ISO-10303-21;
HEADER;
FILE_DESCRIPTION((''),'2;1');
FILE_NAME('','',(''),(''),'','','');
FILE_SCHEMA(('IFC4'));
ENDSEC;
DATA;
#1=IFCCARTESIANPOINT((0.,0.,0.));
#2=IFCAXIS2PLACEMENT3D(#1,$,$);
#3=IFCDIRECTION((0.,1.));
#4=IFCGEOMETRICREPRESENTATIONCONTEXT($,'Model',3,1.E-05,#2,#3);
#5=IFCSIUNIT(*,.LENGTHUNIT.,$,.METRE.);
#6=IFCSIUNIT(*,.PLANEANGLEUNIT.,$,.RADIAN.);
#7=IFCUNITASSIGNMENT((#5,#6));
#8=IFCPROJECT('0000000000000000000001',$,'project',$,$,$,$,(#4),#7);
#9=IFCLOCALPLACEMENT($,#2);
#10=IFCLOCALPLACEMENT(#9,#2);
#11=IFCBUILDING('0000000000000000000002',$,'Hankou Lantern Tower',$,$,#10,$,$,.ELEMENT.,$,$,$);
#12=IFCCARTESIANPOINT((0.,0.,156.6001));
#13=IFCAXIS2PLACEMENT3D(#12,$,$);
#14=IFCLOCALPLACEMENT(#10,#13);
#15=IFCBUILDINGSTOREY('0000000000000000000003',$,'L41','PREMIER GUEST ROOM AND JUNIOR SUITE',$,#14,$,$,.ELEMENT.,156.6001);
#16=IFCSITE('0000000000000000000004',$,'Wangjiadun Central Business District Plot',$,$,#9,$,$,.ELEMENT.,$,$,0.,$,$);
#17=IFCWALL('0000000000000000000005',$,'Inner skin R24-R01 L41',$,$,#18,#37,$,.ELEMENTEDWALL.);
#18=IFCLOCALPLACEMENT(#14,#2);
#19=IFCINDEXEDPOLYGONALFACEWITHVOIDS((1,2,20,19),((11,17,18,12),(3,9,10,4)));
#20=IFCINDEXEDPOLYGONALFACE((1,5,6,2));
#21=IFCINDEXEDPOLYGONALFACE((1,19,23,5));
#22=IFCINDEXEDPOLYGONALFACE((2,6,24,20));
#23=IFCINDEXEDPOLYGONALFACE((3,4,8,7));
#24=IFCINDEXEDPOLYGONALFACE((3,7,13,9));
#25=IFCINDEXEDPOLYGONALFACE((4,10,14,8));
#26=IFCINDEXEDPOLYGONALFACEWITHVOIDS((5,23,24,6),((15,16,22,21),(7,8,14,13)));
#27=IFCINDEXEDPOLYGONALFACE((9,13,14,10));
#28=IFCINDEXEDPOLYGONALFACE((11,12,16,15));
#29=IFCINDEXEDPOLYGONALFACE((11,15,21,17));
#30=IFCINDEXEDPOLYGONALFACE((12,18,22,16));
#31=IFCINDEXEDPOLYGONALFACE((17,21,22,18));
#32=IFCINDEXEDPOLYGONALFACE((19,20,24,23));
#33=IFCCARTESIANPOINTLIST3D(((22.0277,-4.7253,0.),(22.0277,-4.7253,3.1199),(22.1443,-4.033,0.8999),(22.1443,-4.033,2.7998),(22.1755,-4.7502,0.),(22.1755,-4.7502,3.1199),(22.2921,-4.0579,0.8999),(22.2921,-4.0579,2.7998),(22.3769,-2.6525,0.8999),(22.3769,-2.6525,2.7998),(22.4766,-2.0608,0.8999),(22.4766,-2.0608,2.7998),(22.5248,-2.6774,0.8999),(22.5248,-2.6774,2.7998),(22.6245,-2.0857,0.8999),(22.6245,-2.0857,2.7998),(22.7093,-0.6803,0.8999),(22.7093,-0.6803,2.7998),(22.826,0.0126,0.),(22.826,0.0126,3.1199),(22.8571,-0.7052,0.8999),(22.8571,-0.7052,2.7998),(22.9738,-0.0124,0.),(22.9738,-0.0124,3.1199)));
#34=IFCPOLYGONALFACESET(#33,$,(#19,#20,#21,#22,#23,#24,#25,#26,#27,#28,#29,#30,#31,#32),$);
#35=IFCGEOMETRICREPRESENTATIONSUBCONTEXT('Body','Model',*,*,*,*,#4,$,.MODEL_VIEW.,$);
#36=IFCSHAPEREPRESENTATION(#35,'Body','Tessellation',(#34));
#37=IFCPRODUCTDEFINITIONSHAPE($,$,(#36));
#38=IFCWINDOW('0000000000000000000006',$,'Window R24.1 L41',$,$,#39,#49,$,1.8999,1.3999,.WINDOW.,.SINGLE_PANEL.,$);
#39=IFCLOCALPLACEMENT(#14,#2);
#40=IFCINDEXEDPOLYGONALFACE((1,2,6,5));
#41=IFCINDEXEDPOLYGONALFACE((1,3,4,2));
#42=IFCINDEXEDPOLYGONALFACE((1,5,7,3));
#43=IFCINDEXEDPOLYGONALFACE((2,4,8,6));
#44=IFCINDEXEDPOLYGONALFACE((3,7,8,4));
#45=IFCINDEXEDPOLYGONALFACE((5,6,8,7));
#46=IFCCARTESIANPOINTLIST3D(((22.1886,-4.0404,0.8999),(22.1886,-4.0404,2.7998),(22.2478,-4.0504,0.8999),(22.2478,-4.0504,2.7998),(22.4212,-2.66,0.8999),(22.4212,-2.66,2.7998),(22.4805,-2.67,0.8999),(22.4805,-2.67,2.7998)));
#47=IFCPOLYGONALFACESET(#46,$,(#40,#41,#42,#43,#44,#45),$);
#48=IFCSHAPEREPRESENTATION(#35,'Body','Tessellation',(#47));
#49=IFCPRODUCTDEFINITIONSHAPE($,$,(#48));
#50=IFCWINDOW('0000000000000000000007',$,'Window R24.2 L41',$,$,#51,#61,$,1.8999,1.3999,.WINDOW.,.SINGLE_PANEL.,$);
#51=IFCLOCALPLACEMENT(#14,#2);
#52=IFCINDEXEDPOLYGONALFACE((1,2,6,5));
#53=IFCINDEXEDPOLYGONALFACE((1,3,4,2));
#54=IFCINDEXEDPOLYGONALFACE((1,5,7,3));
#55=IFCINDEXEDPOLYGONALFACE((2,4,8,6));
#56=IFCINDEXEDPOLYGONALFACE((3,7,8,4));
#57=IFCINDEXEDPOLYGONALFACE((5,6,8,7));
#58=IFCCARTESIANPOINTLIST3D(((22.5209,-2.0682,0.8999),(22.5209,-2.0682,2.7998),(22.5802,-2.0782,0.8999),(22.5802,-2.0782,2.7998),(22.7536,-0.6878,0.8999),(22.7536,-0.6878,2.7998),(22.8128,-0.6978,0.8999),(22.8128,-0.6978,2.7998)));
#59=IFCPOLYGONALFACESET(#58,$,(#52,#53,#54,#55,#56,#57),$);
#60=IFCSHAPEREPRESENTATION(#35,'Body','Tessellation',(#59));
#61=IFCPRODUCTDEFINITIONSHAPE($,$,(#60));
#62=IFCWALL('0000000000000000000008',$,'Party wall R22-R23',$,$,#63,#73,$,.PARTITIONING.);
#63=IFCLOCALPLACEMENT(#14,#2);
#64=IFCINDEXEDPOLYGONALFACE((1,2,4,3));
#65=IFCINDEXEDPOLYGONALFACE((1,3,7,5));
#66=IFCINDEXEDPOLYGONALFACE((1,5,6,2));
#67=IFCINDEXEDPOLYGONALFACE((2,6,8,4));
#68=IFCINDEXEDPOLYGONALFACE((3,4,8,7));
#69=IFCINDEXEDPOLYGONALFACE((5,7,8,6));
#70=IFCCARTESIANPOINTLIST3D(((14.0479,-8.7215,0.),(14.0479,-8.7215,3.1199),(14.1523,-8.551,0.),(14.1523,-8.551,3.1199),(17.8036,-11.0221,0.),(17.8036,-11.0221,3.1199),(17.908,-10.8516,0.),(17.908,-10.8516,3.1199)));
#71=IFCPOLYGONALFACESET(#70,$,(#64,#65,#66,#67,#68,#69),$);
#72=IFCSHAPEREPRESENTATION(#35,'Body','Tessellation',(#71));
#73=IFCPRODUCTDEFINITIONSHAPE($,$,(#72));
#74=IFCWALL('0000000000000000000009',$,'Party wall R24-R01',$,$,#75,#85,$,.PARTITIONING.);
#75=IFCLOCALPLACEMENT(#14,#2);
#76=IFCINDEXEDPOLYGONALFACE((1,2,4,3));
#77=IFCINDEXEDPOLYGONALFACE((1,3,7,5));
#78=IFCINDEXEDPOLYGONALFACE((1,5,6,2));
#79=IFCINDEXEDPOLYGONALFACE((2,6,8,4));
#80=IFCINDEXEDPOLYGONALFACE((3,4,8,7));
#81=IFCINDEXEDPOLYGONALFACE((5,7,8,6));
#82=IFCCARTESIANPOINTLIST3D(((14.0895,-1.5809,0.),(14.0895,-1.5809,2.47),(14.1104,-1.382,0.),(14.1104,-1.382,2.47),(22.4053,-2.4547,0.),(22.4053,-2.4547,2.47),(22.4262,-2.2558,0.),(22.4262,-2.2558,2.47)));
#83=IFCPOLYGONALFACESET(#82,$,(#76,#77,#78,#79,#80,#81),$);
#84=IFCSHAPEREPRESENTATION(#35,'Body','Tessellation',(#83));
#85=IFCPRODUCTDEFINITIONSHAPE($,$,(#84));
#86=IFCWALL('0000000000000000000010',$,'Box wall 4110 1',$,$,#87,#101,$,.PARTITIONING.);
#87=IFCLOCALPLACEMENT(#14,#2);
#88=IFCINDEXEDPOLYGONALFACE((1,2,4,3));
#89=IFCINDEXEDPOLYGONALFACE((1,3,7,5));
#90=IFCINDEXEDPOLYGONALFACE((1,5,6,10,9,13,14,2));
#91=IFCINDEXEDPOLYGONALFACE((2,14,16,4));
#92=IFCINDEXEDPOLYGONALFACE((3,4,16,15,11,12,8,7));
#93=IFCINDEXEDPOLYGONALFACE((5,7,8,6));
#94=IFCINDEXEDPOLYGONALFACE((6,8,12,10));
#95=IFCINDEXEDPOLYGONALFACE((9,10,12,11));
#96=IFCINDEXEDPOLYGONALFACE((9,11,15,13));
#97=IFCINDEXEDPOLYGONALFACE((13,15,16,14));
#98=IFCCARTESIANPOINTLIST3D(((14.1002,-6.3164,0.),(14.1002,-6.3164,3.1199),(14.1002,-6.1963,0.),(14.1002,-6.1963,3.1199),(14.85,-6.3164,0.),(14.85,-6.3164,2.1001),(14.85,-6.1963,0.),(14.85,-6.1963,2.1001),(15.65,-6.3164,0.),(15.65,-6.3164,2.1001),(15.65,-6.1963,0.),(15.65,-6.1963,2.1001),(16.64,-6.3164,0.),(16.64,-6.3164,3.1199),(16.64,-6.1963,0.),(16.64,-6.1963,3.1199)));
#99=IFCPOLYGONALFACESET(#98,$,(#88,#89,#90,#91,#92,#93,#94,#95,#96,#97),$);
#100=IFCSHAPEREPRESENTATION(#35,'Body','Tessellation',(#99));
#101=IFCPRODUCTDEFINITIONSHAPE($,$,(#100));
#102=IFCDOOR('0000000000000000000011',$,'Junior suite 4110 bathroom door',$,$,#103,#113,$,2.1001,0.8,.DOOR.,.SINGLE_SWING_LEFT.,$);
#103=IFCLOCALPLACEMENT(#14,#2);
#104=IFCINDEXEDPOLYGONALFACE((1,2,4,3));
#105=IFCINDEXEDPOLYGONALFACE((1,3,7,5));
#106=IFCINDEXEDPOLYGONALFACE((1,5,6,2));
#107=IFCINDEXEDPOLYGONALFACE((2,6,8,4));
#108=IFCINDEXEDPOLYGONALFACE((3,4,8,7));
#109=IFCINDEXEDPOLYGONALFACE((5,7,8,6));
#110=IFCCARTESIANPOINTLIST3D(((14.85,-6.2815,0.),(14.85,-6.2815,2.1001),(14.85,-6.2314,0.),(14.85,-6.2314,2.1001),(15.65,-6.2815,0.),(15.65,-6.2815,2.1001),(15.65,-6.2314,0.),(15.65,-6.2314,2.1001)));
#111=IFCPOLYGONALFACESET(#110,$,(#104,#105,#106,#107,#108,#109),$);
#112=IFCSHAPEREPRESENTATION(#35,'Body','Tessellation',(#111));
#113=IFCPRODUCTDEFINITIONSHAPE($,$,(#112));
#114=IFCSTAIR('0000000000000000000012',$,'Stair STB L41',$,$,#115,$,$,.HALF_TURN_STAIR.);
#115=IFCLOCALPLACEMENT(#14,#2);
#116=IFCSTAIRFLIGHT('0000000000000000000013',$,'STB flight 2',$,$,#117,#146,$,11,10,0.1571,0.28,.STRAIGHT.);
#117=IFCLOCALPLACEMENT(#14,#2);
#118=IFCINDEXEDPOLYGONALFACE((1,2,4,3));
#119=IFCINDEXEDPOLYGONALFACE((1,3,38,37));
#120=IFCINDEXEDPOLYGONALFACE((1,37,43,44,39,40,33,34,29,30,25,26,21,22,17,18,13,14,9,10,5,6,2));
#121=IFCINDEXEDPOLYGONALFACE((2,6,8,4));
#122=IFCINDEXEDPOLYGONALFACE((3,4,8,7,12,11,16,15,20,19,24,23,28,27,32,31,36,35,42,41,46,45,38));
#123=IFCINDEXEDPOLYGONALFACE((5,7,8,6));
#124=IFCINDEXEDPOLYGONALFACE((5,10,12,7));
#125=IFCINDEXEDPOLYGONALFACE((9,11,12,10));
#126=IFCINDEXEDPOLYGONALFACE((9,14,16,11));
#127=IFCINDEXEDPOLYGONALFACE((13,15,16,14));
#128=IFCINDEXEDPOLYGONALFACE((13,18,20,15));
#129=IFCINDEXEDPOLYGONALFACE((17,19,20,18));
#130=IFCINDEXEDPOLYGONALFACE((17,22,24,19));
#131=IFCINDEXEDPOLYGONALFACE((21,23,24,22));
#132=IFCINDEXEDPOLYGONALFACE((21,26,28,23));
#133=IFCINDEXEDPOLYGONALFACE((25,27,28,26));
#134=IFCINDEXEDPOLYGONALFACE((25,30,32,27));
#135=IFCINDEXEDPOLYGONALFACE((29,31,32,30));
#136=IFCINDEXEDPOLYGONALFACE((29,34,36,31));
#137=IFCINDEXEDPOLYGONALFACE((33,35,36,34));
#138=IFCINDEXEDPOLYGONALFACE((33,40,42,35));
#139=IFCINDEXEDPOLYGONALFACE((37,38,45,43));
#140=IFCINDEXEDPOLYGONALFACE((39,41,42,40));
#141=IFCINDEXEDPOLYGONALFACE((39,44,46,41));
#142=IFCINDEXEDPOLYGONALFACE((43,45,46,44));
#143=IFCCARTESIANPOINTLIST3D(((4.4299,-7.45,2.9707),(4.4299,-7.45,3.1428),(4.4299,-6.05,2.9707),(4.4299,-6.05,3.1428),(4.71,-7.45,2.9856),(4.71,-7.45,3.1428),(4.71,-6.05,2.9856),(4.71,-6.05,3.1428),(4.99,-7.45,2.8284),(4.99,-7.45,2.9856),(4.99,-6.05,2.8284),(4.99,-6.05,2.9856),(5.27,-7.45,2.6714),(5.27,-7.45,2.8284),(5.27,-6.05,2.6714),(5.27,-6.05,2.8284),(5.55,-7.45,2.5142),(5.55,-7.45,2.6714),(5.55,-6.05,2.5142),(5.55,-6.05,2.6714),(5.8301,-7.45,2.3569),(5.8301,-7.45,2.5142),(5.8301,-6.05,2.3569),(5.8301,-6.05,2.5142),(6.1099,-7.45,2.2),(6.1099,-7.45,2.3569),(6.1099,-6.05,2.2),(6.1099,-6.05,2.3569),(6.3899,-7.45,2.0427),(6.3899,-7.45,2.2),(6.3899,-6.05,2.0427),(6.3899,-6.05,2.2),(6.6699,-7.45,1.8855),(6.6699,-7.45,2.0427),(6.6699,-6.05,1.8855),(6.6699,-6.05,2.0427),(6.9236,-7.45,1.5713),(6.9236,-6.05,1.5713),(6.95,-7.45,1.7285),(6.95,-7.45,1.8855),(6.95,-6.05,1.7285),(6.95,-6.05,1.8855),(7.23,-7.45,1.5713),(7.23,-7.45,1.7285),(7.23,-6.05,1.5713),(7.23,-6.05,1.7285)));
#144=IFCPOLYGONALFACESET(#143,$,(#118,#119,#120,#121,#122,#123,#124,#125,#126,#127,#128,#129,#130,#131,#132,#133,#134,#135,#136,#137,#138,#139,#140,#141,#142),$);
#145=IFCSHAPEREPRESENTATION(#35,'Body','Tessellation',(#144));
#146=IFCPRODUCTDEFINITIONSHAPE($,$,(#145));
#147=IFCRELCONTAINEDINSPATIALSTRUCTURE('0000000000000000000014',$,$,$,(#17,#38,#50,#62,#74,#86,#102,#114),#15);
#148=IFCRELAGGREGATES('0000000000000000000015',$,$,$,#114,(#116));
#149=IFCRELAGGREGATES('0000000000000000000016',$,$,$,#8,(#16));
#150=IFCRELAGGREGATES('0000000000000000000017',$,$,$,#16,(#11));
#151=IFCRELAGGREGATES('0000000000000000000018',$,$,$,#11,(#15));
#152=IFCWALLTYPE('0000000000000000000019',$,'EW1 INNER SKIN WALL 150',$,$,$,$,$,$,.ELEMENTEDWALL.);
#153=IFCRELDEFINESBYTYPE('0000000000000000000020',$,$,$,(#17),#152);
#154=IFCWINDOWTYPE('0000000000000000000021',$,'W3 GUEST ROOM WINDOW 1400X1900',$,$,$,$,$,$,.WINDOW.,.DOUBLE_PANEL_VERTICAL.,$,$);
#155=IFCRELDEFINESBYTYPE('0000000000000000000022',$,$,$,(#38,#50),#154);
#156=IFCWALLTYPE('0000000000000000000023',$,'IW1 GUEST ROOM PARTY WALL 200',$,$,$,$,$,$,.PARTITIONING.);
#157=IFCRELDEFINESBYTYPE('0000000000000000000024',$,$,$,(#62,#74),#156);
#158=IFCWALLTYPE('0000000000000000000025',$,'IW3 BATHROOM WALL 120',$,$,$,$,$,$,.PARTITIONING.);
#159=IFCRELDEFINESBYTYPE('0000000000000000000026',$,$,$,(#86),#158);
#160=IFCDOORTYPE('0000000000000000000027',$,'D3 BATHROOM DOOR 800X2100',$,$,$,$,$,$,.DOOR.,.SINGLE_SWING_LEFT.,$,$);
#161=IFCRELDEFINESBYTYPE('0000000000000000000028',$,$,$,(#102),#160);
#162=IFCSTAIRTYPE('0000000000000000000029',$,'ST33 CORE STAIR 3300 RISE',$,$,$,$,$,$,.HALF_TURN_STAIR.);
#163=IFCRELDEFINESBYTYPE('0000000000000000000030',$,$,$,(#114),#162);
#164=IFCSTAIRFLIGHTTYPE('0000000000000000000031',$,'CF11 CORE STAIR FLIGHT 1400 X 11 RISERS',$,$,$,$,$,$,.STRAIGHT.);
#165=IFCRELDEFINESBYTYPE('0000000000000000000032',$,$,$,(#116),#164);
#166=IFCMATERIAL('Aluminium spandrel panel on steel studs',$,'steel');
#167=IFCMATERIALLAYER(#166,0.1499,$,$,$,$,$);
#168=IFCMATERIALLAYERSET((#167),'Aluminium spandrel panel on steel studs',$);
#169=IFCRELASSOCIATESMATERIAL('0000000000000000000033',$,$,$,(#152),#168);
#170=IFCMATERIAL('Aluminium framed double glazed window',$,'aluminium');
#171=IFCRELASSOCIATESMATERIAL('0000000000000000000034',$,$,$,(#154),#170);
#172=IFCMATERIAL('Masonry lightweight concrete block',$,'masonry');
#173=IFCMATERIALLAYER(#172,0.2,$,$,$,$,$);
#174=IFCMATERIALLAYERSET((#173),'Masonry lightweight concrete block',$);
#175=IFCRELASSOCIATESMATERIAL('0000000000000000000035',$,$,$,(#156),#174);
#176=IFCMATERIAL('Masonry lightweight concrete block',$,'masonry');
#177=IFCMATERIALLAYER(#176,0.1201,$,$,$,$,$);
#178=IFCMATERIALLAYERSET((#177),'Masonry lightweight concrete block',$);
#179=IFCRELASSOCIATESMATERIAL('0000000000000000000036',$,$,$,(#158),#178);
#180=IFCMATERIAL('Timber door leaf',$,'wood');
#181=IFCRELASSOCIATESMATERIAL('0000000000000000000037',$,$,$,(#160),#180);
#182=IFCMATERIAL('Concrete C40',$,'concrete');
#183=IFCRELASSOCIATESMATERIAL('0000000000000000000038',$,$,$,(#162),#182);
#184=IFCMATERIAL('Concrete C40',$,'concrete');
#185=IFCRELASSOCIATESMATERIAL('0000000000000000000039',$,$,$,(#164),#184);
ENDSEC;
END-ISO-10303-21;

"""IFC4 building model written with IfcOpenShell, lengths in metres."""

from ifc_helpers import new_model, si_unit, direction, frame, frame_2d, origin, place, context, subcontext, project, spatial, polyline, rectangle, outline, extrude, material, layer, layer_set, type_object, element, fill, aggregate, save


model = new_model("IFC4")

# Units and contexts
model_context = context("Model", 3, precision=1e-05, world=origin(), true_north=direction((0.0, 1.0)))
body_context = subcontext(model_context, "Body", "Model", "MODEL_VIEW")
ifc_project = project(units=[si_unit("LENGTHUNIT", "METRE"), si_unit("PLANEANGLEUNIT", "RADIAN")], contexts=[model_context])

# Site, building, storey
site_placement = place(None, origin())
site = spatial("IfcSite", under=ifc_project, at=site_placement, Name="Wangjiadun Central Business District Plot", CompositionType="ELEMENT", RefElevation=0.0)
building_placement = place(site_placement, origin())
building = spatial("IfcBuilding", under=site, at=building_placement, Name="Hankou Lantern Tower", CompositionType="ELEMENT")
storey_placement = place(building_placement, frame((0.0, 0.0, 156.6001)))
storey = spatial("IfcBuildingStorey", under=building, at=storey_placement, Name="L41", Description="PREMIER GUEST ROOM AND JUNIOR SUITE", CompositionType="ELEMENT", Elevation=156.6001)

# Wall, openings, windows
ifc_material_1 = material(Name="Aluminium spandrel panel on steel studs", Category="steel")
ifc_layer_1 = layer(ifc_material_1, 0.1499)
ifc_layer_set_1 = layer_set([ifc_layer_1], Name="Aluminium spandrel panel on steel studs")
wall_type_1 = type_object("IfcWallType", Name="EW1 INNER SKIN WALL 150", PredefinedType="ELEMENTEDWALL", material=ifc_layer_set_1)
ifc_material_2 = material(Name="Aluminium framed double glazed window", Category="aluminium")
window_type = type_object("IfcWindowType", Name="W3 GUEST ROOM WINDOW 1400X1900", PartitioningType="DOUBLE_PANEL_VERTICAL", PredefinedType="WINDOW", material=ifc_material_2)
wall_1_placement = place(storey_placement, frame((22.1016, -4.7378, 0.0), z_axis=(0.0, 0.0, 1.0), x_axis=(0.166162, 0.986098, 0.0)))
wall_1 = element("IfcWall", 1, at=wall_1_placement, inside=storey, type_object=wall_type_1, Name="Inner skin R24-R01 L41", PredefinedType="ELEMENTEDWALL", context=body_context, shape_type="SweptSolid", body=[
    extrude(rectangle(XDim=4.8047, YDim=0.1499, at=frame_2d((2.4023, 0.0))), origin(), (0.0, 0.0, 1.0), 3.1199),
])
opening_1_placement = place(wall_1_placement, frame((0.7021, 0.0, 0.8999)))
opening_1 = element("IfcOpeningElement", 2, at=opening_1_placement, cuts=wall_1, PredefinedType="OPENING", context=body_context, shape_type="SweptSolid", body=[
    extrude(rectangle(XDim=1.3999, YDim=1.8999, at=frame_2d((0.7, 0.95))), frame((0.0, 0.085, 0.0), z_axis=(0.0, -1.0, 0.0), x_axis=(1.0, 0.0, 0.0)), (0.0, 0.0, 1.0), 0.1699),
])
opening_2_placement = place(wall_1_placement, frame((2.7021, 0.0, 0.8999)))
opening_2 = element("IfcOpeningElement", 3, at=opening_2_placement, cuts=wall_1, PredefinedType="OPENING", context=body_context, shape_type="SweptSolid", body=[
    extrude(rectangle(XDim=1.3999, YDim=1.8999, at=frame_2d((0.7, 0.95))), frame((0.0, 0.085, 0.0), z_axis=(0.0, -1.0, 0.0), x_axis=(1.0, 0.0, 0.0)), (0.0, 0.0, 1.0), 0.1699),
])
window_1_placement = place(opening_1_placement, origin())
window_1 = element("IfcWindow", 4, at=window_1_placement, inside=storey, type_object=window_type, Name="Window R24.1 L41", OverallHeight=1.8999, OverallWidth=1.3999, PartitioningType="SINGLE_PANEL", PredefinedType="WINDOW", context=body_context, shape_type="SweptSolid", body=[
    extrude(rectangle(XDim=1.3999, YDim=1.8999, at=frame_2d((0.7, 0.95))), frame((0.0, 0.03, 0.0), z_axis=(0.0, -1.0, 0.0), x_axis=(1.0, 0.0, 0.0)), (0.0, 0.0, 1.0), 0.0601),
])
fill(opening_1, window_1)
window_2_placement = place(opening_2_placement, origin())
window_2 = element("IfcWindow", 5, at=window_2_placement, inside=storey, type_object=window_type, Name="Window R24.2 L41", OverallHeight=1.8999, OverallWidth=1.3999, PartitioningType="SINGLE_PANEL", PredefinedType="WINDOW", context=body_context, shape_type="SweptSolid", body=[
    extrude(rectangle(XDim=1.3999, YDim=1.8999, at=frame_2d((0.7, 0.95))), frame((0.0, 0.03, 0.0), z_axis=(0.0, -1.0, 0.0), x_axis=(1.0, 0.0, 0.0)), (0.0, 0.0, 1.0), 0.0601),
])
fill(opening_2, window_2)

# Walls
ifc_material_3 = material(Name="Masonry lightweight concrete block", Category="masonry")
ifc_layer_2 = layer(ifc_material_3, 0.2)
ifc_layer_set_2 = layer_set([ifc_layer_2], Name="Masonry lightweight concrete block")
wall_type_2 = type_object("IfcWallType", Name="IW1 GUEST ROOM PARTY WALL 200", PredefinedType="PARTITIONING", material=ifc_layer_set_2)
wall_2_placement = place(storey_placement, frame((14.1001, -8.6362, 0.0), z_axis=(0.0, 0.0, 1.0), x_axis=(0.852732, -0.522349, 0.0)))
element("IfcWall", 6, at=wall_2_placement, inside=storey, type_object=wall_type_2, Name="Party wall R22-R23", PredefinedType="PARTITIONING", context=body_context, shape_type="SweptSolid", body=[
    extrude(rectangle(XDim=4.4043, YDim=0.2, at=frame_2d((2.2021, 0.0))), origin(), (0.0, 0.0, 1.0), 3.1199),
])
wall_3_placement = place(storey_placement, frame((14.1001, -1.4814, 0.0), z_axis=(0.0, 0.0, 1.0), x_axis=(0.994525, -0.104501, 0.0)))
element("IfcWall", 7, at=wall_3_placement, inside=storey, type_object=wall_type_2, Name="Party wall R24-R01", PredefinedType="PARTITIONING", context=body_context, shape_type="SweptSolid", body=[
    extrude(rectangle(XDim=8.3616, YDim=0.2, at=frame_2d((4.1807, 0.0))), origin(), (0.0, 0.0, 1.0), 2.47),
])

# Wall, opening, door
ifc_material_4 = material(Name="Masonry lightweight concrete block", Category="masonry")
ifc_layer_3 = layer(ifc_material_4, 0.1201)
ifc_layer_set_3 = layer_set([ifc_layer_3], Name="Masonry lightweight concrete block")
wall_type_3 = type_object("IfcWallType", Name="IW3 BATHROOM WALL 120", PredefinedType="PARTITIONING", material=ifc_layer_set_3)
wall_4_placement = place(storey_placement, frame((14.1001, -6.2563, 0.0), z_axis=(0.0, 0.0, 1.0), x_axis=(1.0, 0.0, 0.0)))
wall_4 = element("IfcWall", 8, at=wall_4_placement, inside=storey, type_object=wall_type_3, Name="Box wall 4110 1", PredefinedType="PARTITIONING", context=body_context, shape_type="SweptSolid", body=[
    extrude(rectangle(XDim=2.5398, YDim=0.1201, at=frame_2d((1.27, 0.0))), origin(), (0.0, 0.0, 1.0), 3.1199),
])
opening_3_placement = place(wall_4_placement, frame((0.75, 0.0, 0.0)))
opening_3 = element("IfcOpeningElement", 9, at=opening_3_placement, cuts=wall_4, PredefinedType="OPENING", context=body_context, shape_type="SweptSolid", body=[
    extrude(rectangle(XDim=0.8, YDim=2.1001, at=frame_2d((0.3999, 1.05))), frame((0.0, 0.0701, 0.0), z_axis=(0.0, -1.0, 0.0), x_axis=(1.0, 0.0, 0.0)), (0.0, 0.0, 1.0), 0.1401),
])
ifc_material_5 = material(Name="Timber door leaf", Category="wood")
door_type_1 = type_object("IfcDoorType", Name="D3 BATHROOM DOOR 800X2100", OperationType="SINGLE_SWING_LEFT", PredefinedType="DOOR", material=ifc_material_5)
door_1_placement = place(opening_3_placement, origin())
door_1 = element("IfcDoor", 10, at=door_1_placement, inside=storey, type_object=door_type_1, Name="Junior suite 4110 bathroom door", OperationType="SINGLE_SWING_LEFT", OverallHeight=2.1001, OverallWidth=0.8, PredefinedType="DOOR", context=body_context, shape_type="SweptSolid", body=[
    extrude(rectangle(XDim=0.8, YDim=2.1001, at=frame_2d((0.3999, 1.05))), frame((0.0, 0.0249, 0.0), z_axis=(0.0, -1.0, 0.0), x_axis=(1.0, 0.0, 0.0)), (0.0, 0.0, 1.0), 0.05),
])
fill(opening_3, door_1)

# Stair, stair flight
ifc_material_6 = material(Name="Concrete C40", Category="concrete")
stair_type = type_object("IfcStairType", Name="ST33 CORE STAIR 3300 RISE", PredefinedType="HALF_TURN_STAIR", material=ifc_material_6)
stair_placement = place(storey_placement, origin())
stair = element("IfcStair", 11, at=stair_placement, inside=storey, type_object=stair_type, Name="Stair STB L41", PredefinedType="HALF_TURN_STAIR")
ifc_material_7 = material(Name="Concrete C40", Category="concrete")
stair_flight_type = type_object("IfcStairFlightType", Name="CF11 CORE STAIR FLIGHT 1400 X 11 RISERS", PredefinedType="STRAIGHT", material=ifc_material_7)
stair_flight_placement = place(storey_placement, frame((7.23, -6.75, 1.5713), z_axis=(0.0, 0.0, 1.0), x_axis=(-1.0, 0.0, 0.0)))
stair_flight = element("IfcStairFlight", 12, at=stair_flight_placement, type_object=stair_flight_type, Name="STB flight 2", NumberOfRisers=11, NumberOfTreads=10, PredefinedType="STRAIGHT", RiserHeight=0.1571, TreadLength=0.28, context=body_context, shape_type="SweptSolid", body=[
    extrude(outline(polyline([(0.0, 0.0), (0.0, 0.1572), (0.28, 0.1572), (0.28, 0.3142), (0.5601, 0.3142), (0.5601, 0.4714), (0.8401, 0.4714), (0.8401, 0.6287), (1.1201, 0.6287), (1.1201, 0.7856), (1.3999, 0.7856), (1.3999, 0.9429), (1.6799, 0.9429), (1.6799, 1.1001), (1.96, 1.1001), (1.96, 1.2571), (2.24, 1.2571), (2.24, 1.4143), (2.52, 1.4143), (2.52, 1.5715), (2.8, 1.5715), (2.8, 1.7285), (2.8, 1.3994), (0.3064, 0.0), (0.0, 0.0)])), frame((0.0, 0.7, 0.0), z_axis=(0.0, -1.0, 0.0), x_axis=(1.0, 0.0, 0.0)), (0.0, 0.0, 1.0), 1.3999),
])
aggregate(stair, [stair_flight])

save(model, "model.ifc")
